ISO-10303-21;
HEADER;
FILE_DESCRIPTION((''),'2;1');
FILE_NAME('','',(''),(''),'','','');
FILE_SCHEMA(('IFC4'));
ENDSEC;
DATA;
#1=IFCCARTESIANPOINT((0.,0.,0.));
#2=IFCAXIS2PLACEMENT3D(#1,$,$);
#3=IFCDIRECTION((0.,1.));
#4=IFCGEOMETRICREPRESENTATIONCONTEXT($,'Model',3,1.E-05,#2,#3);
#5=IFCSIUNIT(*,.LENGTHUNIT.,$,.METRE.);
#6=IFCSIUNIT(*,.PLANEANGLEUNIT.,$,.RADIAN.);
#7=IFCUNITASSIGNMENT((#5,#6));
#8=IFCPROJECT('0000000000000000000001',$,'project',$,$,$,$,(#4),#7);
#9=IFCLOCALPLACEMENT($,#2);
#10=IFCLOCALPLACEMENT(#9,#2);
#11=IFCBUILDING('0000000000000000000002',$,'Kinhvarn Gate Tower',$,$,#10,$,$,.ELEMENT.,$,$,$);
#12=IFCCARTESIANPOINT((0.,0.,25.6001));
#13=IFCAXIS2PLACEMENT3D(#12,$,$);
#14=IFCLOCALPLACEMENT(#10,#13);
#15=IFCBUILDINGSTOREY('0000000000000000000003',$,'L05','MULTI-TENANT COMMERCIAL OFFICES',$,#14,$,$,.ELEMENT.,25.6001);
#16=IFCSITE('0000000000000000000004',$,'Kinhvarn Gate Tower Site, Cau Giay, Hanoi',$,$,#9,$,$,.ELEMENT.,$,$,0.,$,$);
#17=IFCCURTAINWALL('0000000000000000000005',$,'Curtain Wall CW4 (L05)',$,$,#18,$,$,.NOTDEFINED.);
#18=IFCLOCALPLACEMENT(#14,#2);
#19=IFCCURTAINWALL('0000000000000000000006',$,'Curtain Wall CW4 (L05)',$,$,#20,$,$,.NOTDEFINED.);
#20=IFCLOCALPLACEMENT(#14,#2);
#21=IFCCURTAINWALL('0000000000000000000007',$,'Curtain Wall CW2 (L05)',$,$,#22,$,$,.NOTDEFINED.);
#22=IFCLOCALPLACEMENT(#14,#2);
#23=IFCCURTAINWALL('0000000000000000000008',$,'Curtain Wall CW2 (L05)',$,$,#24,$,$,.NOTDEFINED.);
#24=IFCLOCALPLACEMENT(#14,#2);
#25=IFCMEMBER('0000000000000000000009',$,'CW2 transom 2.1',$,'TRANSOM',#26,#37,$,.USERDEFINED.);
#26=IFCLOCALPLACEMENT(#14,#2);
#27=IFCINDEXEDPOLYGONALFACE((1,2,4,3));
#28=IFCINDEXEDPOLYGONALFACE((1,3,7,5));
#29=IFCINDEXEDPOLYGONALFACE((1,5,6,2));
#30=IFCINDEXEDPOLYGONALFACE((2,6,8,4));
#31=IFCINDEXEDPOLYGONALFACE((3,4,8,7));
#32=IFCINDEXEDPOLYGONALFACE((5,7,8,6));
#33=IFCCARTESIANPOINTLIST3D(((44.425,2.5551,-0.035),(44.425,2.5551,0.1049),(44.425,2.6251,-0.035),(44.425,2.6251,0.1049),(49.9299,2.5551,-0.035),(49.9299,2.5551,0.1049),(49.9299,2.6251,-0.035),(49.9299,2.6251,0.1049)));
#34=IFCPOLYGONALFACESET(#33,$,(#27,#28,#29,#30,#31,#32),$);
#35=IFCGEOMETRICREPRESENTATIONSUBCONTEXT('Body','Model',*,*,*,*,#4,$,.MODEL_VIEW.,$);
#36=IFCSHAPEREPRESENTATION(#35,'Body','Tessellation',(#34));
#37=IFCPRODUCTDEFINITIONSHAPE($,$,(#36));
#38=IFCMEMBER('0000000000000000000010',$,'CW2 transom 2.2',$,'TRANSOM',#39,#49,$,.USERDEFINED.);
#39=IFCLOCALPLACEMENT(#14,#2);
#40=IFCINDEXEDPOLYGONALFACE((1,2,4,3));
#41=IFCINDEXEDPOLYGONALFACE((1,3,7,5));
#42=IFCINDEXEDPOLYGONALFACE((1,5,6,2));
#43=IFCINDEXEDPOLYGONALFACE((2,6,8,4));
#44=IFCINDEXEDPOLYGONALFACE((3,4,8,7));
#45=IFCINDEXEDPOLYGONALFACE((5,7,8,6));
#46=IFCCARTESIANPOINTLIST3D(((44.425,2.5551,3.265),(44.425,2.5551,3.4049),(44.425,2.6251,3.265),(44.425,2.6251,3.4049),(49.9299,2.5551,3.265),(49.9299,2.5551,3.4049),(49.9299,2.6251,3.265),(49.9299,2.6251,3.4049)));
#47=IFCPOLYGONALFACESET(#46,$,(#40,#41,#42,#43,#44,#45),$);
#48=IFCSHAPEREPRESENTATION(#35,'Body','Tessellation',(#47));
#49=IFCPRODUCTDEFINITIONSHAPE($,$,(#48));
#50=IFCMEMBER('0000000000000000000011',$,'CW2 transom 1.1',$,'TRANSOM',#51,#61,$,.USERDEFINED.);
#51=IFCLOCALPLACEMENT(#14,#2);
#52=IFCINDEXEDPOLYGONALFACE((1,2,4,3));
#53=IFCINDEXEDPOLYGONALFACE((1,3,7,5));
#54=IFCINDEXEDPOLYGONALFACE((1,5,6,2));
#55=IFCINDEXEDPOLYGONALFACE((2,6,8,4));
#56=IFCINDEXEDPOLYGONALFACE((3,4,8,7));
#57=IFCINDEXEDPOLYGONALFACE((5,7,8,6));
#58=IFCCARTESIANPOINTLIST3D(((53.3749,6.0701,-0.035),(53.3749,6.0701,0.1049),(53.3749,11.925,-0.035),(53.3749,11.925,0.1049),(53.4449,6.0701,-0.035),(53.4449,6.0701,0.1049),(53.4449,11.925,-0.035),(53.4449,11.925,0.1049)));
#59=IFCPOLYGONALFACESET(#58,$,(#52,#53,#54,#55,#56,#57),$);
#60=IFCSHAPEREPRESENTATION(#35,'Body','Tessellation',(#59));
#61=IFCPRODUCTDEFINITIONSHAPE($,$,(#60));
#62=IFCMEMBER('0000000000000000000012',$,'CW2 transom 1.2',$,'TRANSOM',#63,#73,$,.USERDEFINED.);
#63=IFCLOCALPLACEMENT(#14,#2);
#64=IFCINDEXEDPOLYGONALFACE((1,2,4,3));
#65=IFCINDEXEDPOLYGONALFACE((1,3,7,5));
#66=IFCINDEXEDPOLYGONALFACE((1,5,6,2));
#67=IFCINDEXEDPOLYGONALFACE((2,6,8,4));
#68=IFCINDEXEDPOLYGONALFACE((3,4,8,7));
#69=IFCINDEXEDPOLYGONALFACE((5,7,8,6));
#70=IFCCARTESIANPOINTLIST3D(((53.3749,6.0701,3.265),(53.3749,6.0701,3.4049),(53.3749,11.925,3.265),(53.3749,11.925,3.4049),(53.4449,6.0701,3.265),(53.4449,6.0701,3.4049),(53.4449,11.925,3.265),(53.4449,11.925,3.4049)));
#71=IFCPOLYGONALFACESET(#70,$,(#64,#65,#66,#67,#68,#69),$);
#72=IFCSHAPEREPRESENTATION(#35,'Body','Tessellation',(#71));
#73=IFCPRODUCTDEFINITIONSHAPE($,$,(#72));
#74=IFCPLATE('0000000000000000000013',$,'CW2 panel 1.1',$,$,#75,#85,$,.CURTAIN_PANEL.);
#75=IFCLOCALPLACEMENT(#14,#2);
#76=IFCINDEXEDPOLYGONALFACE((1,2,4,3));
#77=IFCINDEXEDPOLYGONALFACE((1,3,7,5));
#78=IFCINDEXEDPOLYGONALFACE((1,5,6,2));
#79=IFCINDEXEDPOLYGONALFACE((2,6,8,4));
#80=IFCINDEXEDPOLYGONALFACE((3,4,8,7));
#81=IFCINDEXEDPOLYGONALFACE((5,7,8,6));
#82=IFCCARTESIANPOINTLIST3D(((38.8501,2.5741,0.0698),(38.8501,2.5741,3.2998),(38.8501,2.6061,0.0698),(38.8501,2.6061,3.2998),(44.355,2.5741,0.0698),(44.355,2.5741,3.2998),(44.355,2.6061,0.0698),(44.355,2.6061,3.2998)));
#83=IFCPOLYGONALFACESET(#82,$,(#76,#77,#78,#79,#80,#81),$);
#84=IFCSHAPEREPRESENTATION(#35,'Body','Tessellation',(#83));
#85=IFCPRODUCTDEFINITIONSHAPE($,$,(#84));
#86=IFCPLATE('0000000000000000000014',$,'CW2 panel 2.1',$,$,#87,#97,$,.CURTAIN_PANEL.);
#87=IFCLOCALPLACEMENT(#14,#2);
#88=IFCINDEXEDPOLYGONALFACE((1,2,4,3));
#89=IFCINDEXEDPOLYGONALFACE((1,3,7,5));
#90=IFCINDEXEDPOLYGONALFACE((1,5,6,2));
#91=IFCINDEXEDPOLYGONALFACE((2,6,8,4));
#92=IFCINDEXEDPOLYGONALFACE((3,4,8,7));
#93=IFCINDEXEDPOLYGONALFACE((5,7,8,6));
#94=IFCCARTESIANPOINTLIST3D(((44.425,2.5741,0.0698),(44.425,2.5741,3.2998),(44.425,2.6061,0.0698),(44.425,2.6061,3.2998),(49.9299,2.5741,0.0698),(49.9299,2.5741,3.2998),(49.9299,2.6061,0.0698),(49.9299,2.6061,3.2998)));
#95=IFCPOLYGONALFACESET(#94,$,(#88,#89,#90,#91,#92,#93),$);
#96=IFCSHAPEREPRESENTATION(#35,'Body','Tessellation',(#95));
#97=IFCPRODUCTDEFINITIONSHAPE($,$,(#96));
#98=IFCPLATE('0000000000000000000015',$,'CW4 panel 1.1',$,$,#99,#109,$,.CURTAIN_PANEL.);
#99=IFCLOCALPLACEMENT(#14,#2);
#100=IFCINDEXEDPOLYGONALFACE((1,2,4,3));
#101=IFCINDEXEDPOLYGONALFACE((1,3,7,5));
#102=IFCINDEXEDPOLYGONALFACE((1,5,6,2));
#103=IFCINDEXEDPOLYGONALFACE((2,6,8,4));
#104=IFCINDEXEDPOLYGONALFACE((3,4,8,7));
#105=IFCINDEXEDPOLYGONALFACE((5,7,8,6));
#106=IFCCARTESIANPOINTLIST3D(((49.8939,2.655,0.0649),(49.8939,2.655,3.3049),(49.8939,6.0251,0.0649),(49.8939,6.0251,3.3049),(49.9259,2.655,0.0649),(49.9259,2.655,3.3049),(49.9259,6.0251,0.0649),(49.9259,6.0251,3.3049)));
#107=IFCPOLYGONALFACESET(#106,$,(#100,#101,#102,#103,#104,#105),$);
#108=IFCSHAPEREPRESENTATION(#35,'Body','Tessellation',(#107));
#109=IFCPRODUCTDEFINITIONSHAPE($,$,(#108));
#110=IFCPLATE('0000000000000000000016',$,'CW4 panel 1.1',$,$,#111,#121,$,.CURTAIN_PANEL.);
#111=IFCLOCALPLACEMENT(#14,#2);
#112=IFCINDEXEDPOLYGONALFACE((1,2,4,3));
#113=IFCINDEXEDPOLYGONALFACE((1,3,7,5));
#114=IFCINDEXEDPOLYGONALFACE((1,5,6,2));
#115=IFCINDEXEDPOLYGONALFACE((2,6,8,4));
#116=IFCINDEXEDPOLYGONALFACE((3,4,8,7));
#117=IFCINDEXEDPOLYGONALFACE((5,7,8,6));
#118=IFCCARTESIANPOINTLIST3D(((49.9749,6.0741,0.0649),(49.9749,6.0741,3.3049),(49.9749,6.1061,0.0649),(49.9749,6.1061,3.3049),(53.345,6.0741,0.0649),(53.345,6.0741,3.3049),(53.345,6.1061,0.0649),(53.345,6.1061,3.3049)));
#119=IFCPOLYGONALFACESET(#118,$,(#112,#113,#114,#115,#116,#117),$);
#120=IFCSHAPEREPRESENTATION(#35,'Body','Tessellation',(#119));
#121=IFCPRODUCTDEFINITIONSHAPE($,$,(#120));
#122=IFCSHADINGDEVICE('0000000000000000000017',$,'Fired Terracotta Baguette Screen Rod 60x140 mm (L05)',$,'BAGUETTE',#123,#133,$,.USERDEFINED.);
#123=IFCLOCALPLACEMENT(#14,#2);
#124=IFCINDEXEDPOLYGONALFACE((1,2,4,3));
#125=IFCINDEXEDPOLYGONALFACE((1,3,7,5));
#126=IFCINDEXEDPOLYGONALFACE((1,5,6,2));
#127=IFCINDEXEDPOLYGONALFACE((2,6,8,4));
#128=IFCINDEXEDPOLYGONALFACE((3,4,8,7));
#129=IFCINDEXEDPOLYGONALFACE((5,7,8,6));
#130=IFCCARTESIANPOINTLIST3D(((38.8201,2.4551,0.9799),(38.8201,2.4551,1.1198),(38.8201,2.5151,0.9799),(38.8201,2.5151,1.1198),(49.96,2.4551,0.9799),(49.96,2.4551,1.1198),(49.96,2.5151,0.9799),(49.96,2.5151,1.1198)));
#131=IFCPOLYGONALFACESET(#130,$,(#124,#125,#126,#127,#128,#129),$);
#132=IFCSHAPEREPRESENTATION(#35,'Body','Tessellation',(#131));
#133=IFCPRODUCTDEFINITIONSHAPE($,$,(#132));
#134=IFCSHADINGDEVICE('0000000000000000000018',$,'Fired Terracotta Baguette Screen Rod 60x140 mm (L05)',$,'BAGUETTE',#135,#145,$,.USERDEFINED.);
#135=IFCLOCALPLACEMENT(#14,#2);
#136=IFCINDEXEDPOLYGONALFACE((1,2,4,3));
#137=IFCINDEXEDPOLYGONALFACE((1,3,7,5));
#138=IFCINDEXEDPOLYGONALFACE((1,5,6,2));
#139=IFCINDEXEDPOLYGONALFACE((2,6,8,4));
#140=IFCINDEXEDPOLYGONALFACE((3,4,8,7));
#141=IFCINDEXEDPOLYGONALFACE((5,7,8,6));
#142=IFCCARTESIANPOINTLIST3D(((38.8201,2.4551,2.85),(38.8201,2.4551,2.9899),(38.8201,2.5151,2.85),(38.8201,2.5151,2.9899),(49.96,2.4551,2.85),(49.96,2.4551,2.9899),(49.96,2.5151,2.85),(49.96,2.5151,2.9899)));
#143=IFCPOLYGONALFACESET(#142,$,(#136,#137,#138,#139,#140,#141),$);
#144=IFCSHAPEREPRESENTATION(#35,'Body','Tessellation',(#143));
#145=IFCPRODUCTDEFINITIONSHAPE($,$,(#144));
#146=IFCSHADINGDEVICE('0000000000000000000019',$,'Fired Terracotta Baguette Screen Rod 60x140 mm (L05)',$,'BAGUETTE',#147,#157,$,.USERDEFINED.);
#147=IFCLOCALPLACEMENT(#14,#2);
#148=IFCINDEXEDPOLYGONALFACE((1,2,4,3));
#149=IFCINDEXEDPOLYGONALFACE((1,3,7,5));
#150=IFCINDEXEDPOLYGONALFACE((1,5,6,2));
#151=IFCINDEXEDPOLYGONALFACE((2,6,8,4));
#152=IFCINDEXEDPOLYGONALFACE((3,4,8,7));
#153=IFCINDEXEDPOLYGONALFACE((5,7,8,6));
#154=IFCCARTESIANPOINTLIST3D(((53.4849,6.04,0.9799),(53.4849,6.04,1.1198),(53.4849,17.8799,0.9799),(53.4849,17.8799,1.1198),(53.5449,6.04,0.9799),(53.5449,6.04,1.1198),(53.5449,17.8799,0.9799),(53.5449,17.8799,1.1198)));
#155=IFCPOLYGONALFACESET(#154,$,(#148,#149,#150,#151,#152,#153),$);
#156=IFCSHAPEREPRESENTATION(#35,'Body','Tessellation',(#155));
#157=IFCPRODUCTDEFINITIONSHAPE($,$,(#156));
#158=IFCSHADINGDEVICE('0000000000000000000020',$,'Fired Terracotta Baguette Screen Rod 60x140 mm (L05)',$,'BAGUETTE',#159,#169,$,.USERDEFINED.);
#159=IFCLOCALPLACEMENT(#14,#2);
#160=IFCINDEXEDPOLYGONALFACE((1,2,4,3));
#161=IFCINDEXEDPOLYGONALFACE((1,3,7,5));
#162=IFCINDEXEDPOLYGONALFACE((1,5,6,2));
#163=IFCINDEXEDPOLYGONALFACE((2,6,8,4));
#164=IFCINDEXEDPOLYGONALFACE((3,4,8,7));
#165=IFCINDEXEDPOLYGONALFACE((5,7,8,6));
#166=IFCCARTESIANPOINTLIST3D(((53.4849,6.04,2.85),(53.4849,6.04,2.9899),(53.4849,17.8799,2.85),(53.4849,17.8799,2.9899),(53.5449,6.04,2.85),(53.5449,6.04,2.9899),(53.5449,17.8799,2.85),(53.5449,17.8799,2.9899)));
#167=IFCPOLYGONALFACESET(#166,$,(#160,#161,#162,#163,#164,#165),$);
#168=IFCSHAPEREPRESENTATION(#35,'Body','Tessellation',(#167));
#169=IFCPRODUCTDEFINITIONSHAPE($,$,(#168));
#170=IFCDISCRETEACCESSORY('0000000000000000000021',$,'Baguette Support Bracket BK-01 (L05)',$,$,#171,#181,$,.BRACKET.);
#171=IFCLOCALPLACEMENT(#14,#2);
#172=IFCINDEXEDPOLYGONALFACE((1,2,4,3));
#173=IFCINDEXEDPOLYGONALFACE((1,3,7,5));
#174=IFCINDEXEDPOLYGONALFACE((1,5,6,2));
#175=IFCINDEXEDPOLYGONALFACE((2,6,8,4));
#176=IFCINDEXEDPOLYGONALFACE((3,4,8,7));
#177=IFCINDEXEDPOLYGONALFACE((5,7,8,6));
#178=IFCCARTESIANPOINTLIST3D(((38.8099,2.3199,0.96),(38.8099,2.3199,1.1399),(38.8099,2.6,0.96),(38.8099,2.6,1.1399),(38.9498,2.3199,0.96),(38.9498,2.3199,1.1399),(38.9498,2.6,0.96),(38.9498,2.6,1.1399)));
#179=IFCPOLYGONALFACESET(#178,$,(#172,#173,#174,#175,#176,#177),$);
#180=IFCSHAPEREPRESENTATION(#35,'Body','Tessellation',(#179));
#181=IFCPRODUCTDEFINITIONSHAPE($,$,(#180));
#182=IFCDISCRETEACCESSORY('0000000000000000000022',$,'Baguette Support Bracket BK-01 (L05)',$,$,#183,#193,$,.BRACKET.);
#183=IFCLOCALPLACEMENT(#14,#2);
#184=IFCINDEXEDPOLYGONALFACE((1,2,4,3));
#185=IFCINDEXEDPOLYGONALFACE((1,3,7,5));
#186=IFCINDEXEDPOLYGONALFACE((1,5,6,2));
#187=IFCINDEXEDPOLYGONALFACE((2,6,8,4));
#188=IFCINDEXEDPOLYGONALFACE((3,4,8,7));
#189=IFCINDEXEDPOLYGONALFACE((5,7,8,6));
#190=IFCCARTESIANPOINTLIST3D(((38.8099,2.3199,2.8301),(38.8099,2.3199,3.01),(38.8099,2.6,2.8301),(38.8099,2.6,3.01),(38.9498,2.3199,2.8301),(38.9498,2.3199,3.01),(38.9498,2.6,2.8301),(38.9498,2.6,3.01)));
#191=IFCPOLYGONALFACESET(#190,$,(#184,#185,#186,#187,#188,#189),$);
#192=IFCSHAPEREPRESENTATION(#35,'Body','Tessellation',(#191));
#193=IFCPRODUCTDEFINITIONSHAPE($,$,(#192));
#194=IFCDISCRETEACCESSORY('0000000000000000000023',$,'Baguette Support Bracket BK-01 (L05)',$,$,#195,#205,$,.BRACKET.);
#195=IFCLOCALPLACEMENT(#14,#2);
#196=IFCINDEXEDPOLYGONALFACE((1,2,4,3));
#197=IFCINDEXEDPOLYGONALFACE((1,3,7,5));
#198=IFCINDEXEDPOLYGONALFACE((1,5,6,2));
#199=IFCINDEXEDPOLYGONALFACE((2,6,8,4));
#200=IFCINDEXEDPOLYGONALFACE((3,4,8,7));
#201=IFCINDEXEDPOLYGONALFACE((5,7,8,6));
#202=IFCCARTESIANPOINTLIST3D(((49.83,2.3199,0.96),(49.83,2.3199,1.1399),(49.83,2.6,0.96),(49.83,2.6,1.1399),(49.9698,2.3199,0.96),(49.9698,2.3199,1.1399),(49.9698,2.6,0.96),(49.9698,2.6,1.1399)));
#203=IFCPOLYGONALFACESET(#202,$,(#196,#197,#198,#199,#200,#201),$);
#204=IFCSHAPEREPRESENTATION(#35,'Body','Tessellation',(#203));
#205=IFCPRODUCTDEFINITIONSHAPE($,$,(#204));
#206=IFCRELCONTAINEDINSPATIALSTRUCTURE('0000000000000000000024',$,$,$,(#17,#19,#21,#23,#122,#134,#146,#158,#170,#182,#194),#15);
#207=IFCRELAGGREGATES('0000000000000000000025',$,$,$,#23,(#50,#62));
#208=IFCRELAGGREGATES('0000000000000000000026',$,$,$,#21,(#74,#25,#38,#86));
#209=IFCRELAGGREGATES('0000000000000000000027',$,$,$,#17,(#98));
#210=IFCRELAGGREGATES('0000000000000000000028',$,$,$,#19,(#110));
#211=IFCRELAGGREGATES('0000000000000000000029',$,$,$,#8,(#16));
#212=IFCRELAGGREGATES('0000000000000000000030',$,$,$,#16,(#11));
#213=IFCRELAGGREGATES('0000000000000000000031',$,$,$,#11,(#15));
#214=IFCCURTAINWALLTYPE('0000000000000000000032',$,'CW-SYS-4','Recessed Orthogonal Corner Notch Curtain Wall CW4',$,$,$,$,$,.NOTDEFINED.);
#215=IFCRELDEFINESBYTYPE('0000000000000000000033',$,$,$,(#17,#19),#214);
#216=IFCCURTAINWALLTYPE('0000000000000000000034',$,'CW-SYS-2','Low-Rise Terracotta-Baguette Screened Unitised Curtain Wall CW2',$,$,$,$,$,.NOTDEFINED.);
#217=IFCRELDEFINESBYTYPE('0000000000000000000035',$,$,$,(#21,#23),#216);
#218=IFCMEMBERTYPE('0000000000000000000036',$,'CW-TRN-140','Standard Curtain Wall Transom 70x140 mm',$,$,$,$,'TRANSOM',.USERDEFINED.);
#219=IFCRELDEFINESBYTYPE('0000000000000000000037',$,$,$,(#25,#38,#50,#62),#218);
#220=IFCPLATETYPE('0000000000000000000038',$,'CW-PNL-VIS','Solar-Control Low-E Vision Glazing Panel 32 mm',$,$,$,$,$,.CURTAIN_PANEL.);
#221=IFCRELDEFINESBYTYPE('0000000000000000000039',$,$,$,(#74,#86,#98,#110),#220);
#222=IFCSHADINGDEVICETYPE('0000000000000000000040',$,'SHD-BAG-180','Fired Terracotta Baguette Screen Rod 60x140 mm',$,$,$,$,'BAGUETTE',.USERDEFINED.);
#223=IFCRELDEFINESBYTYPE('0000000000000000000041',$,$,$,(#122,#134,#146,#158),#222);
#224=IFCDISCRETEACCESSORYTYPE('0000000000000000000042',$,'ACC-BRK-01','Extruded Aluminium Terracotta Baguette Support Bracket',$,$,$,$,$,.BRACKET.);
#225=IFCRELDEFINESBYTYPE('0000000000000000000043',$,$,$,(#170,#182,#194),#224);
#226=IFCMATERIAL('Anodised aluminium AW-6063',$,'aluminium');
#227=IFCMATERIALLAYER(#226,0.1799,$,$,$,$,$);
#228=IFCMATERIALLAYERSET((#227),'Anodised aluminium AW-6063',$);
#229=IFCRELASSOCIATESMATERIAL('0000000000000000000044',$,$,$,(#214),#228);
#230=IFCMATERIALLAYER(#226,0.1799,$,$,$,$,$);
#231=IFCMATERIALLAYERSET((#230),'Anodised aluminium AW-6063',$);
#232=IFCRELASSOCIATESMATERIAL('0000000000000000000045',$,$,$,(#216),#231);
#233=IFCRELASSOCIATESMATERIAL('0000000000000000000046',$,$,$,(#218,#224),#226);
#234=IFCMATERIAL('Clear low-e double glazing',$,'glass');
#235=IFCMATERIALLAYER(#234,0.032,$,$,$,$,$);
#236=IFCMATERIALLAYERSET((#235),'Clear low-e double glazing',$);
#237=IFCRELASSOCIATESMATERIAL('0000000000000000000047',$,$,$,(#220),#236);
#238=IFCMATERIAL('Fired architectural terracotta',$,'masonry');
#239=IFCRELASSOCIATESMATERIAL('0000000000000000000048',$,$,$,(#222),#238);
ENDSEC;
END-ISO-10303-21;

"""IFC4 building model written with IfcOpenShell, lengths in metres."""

from ifc_helpers import new_model, si_unit, direction, frame, origin, origin_2d, place, context, subcontext, project, spatial, rectangle, extrude, material, layer, layer_set, material_profile, profile_set, type_object, element, aggregate, save


model = new_model("IFC4")

# Units and contexts
model_context = context("Model", 3, precision=1e-05, world=origin(), true_north=direction((0.0, 1.0)))
body_context = subcontext(model_context, "Body", "Model", "MODEL_VIEW")
ifc_project = project(units=[si_unit("LENGTHUNIT", "METRE"), si_unit("PLANEANGLEUNIT", "RADIAN")], contexts=[model_context])

# Site, building, storey
site_placement = place(None, origin())
site = spatial("IfcSite", under=ifc_project, at=site_placement, Name="Kinhvarn Gate Tower Site, Cau Giay, Hanoi", CompositionType="ELEMENT", RefElevation=0.0)
building_placement = place(site_placement, origin())
building = spatial("IfcBuilding", under=site, at=building_placement, Name="Kinhvarn Gate Tower", CompositionType="ELEMENT")
storey_placement = place(building_placement, frame((0.0, 0.0, 25.6001)))
storey = spatial("IfcBuildingStorey", under=building, at=storey_placement, Name="L05", Description="MULTI-TENANT COMMERCIAL OFFICES", CompositionType="ELEMENT", Elevation=25.6001)

# Curtain walls
ifc_material_1 = material(Name="Anodised aluminium AW-6063", Category="aluminium")
ifc_layer_1 = layer(ifc_material_1, 0.1799)
ifc_layer_set_1 = layer_set([ifc_layer_1], Name="Anodised aluminium AW-6063")
curtain_wall_type_1 = type_object("IfcCurtainWallType", Name="CW-SYS-4", Description="Recessed Orthogonal Corner Notch Curtain Wall CW4", PredefinedType="NOTDEFINED", material=ifc_layer_set_1)
curtain_wall_1_placement = place(storey_placement, origin())
curtain_wall_1 = element("IfcCurtainWall", 1, at=curtain_wall_1_placement, inside=storey, type_object=curtain_wall_type_1, Name="Curtain Wall CW4 (L05)", PredefinedType="NOTDEFINED")
curtain_wall_2_placement = place(storey_placement, origin())
curtain_wall_2 = element("IfcCurtainWall", 2, at=curtain_wall_2_placement, inside=storey, type_object=curtain_wall_type_1, Name="Curtain Wall CW4 (L05)", PredefinedType="NOTDEFINED")
ifc_layer_2 = layer(ifc_material_1, 0.1799)
ifc_layer_set_2 = layer_set([ifc_layer_2], Name="Anodised aluminium AW-6063")
curtain_wall_type_2 = type_object("IfcCurtainWallType", Name="CW-SYS-2", Description="Low-Rise Terracotta-Baguette Screened Unitised Curtain Wall CW2", PredefinedType="NOTDEFINED", material=ifc_layer_set_2)
curtain_wall_3_placement = place(storey_placement, origin())
curtain_wall_3 = element("IfcCurtainWall", 3, at=curtain_wall_3_placement, inside=storey, type_object=curtain_wall_type_2, Name="Curtain Wall CW2 (L05)", PredefinedType="NOTDEFINED")

# Curtain wall
curtain_wall_4_placement = place(storey_placement, origin())
curtain_wall_4 = element("IfcCurtainWall", 4, at=curtain_wall_4_placement, inside=storey, type_object=curtain_wall_type_2, Name="Curtain Wall CW2 (L05)", PredefinedType="NOTDEFINED")

# Members
ifc_material_profile_1 = material_profile(ifc_material_1, rectangle(XDim=0.0701, YDim=0.1399, at=origin_2d()), Name="ALU 70x140")
ifc_profile_set_1 = profile_set([ifc_material_profile_1], Name="Anodised aluminium AW-6063")
member_type_1 = type_object("IfcMemberType", Name="CW-TRN-140", Description="Standard Curtain Wall Transom 70x140 mm", ElementType="TRANSOM", PredefinedType="USERDEFINED", material=ifc_profile_set_1)
member_1_placement = place(storey_placement, frame((44.425, 2.5901, 0.0349), z_axis=(1.0, 0.0, 0.0), x_axis=(0.0, 1.0, 0.0)))
member_1 = element("IfcMember", 5, at=member_1_placement, type_object=member_type_1, Name="CW2 transom 2.1", ObjectType="TRANSOM", PredefinedType="USERDEFINED", context=body_context, shape_type="SweptSolid", body=[
    extrude(rectangle(XDim=0.0701, YDim=0.1399, at=origin_2d()), origin(), (0.0, 0.0, 1.0), 5.5049),
])
member_2_placement = place(storey_placement, frame((44.425, 2.5901, 3.335), z_axis=(1.0, 0.0, 0.0), x_axis=(0.0, 1.0, 0.0)))
member_2 = element("IfcMember", 6, at=member_2_placement, type_object=member_type_1, Name="CW2 transom 2.2", ObjectType="TRANSOM", PredefinedType="USERDEFINED", context=body_context, shape_type="SweptSolid", body=[
    extrude(rectangle(XDim=0.0701, YDim=0.1399, at=origin_2d()), origin(), (0.0, 0.0, 1.0), 5.5049),
])
member_3_placement = place(storey_placement, frame((53.4099, 6.0701, 0.0349), z_axis=(0.0, 1.0, 0.0), x_axis=(-1.0, 0.0, 0.0)))
member_3 = element("IfcMember", 7, at=member_3_placement, type_object=member_type_1, Name="CW2 transom 1.1", ObjectType="TRANSOM", PredefinedType="USERDEFINED", context=body_context, shape_type="SweptSolid", body=[
    extrude(rectangle(XDim=0.0701, YDim=0.1399, at=origin_2d()), origin(), (0.0, 0.0, 1.0), 5.855),
])
member_4_placement = place(storey_placement, frame((53.4099, 6.0701, 3.335), z_axis=(0.0, 1.0, 0.0), x_axis=(-1.0, 0.0, 0.0)))
member_4 = element("IfcMember", 8, at=member_4_placement, type_object=member_type_1, Name="CW2 transom 1.2", ObjectType="TRANSOM", PredefinedType="USERDEFINED", context=body_context, shape_type="SweptSolid", body=[
    extrude(rectangle(XDim=0.0701, YDim=0.1399, at=origin_2d()), origin(), (0.0, 0.0, 1.0), 5.855),
])
aggregate(curtain_wall_4, [member_3, member_4])

# Plates
ifc_material_2 = material(Name="Clear low-e double glazing", Category="glass")
ifc_layer_3 = layer(ifc_material_2, 0.032)
ifc_layer_set_3 = layer_set([ifc_layer_3], Name="Clear low-e double glazing")
plate_type = type_object("IfcPlateType", Name="CW-PNL-VIS", Description="Solar-Control Low-E Vision Glazing Panel 32 mm", PredefinedType="CURTAIN_PANEL", material=ifc_layer_set_3)
plate_1_placement = place(storey_placement, frame((41.6025, 2.5901, 0.0698), z_axis=(0.0, 0.0, 1.0), x_axis=(1.0, 0.0, 0.0)))
plate_1 = element("IfcPlate", 9, at=plate_1_placement, type_object=plate_type, Name="CW2 panel 1.1", PredefinedType="CURTAIN_PANEL", context=body_context, shape_type="SweptSolid", body=[
    extrude(rectangle(XDim=5.5049, YDim=0.032, at=origin_2d()), origin(), (0.0, 0.0, 1.0), 3.23),
])
plate_2_placement = place(storey_placement, frame((47.1775, 2.5901, 0.0698), z_axis=(0.0, 0.0, 1.0), x_axis=(1.0, 0.0, 0.0)))
plate_2 = element("IfcPlate", 10, at=plate_2_placement, type_object=plate_type, Name="CW2 panel 2.1", PredefinedType="CURTAIN_PANEL", context=body_context, shape_type="SweptSolid", body=[
    extrude(rectangle(XDim=5.5049, YDim=0.032, at=origin_2d()), origin(), (0.0, 0.0, 1.0), 3.23),
])
aggregate(curtain_wall_3, [plate_1, member_1, member_2, plate_2])
plate_3_placement = place(storey_placement, frame((49.9099, 4.3401, 0.0649), z_axis=(0.0, 0.0, 1.0), x_axis=(0.0, 1.0, 0.0)))
plate_3 = element("IfcPlate", 11, at=plate_3_placement, type_object=plate_type, Name="CW4 panel 1.1", PredefinedType="CURTAIN_PANEL", context=body_context, shape_type="SweptSolid", body=[
    extrude(rectangle(XDim=3.3701, YDim=0.032, at=origin_2d()), origin(), (0.0, 0.0, 1.0), 3.24),
])
aggregate(curtain_wall_1, [plate_3])
plate_4_placement = place(storey_placement, frame((51.6599, 6.0901, 0.0649), z_axis=(0.0, 0.0, 1.0), x_axis=(1.0, 0.0, 0.0)))
plate_4 = element("IfcPlate", 12, at=plate_4_placement, type_object=plate_type, Name="CW4 panel 1.1", PredefinedType="CURTAIN_PANEL", context=body_context, shape_type="SweptSolid", body=[
    extrude(rectangle(XDim=3.3701, YDim=0.032, at=origin_2d()), origin(), (0.0, 0.0, 1.0), 3.24),
])
aggregate(curtain_wall_2, [plate_4])

# Shading devices
ifc_material_3 = material(Name="Fired architectural terracotta", Category="masonry")
ifc_material_profile_2 = material_profile(ifc_material_3, rectangle(XDim=0.0601, YDim=0.1399, at=origin_2d()), Name="TC 60x140")
ifc_profile_set_2 = profile_set([ifc_material_profile_2], Name="Fired architectural terracotta")
shading_device_type = type_object("IfcShadingDeviceType", Name="SHD-BAG-180", Description="Fired Terracotta Baguette Screen Rod 60x140 mm", ElementType="BAGUETTE", PredefinedType="USERDEFINED", material=ifc_profile_set_2)
for number, where, z_axis, x_axis, name in (
    (13, (38.8201, 2.4851, 1.0498), (1.0, 0.0, 0.0), (0.0, 1.0, 0.0), "Fired Terracotta Baguette Screen Rod 60x140 mm (L05)"),
    (14, (38.8201, 2.4851, 2.9199), (1.0, 0.0, 0.0), (0.0, 1.0, 0.0), "Fired Terracotta Baguette Screen Rod 60x140 mm (L05)"),
):
    element("IfcShadingDevice", number, at=place(storey_placement, frame(where, z_axis=z_axis, x_axis=x_axis)), inside=storey, type_object=shading_device_type, Name=name, ObjectType="BAGUETTE", PredefinedType="USERDEFINED", context=body_context, shape_type="SweptSolid", body=[
        extrude(rectangle(XDim=0.0601, YDim=0.1399, at=origin_2d()), origin(), (0.0, 0.0, 1.0), 11.1399),
    ])
for number, where, z_axis, x_axis, name in (
    (15, (53.5149, 6.04, 1.0498), (0.0, 1.0, 0.0), (-1.0, 0.0, 0.0), "Fired Terracotta Baguette Screen Rod 60x140 mm (L05)"),
    (16, (53.5149, 6.04, 2.9199), (0.0, 1.0, 0.0), (-1.0, 0.0, 0.0), "Fired Terracotta Baguette Screen Rod 60x140 mm (L05)"),
):
    element("IfcShadingDevice", number, at=place(storey_placement, frame(where, z_axis=z_axis, x_axis=x_axis)), inside=storey, type_object=shading_device_type, Name=name, ObjectType="BAGUETTE", PredefinedType="USERDEFINED", context=body_context, shape_type="SweptSolid", body=[
        extrude(rectangle(XDim=0.0601, YDim=0.1399, at=origin_2d()), origin(), (0.0, 0.0, 1.0), 11.8398),
    ])

# Discrete accessories
discrete_accessory_type = type_object("IfcDiscreteAccessoryType", Name="ACC-BRK-01", Description="Extruded Aluminium Terracotta Baguette Support Bracket", PredefinedType="BRACKET", material=ifc_material_1)
for number, where, z_axis, x_axis, name in (
    (17, (38.8799, 2.46, 0.96), (0.0, 0.0, 1.0), (1.0, 0.0, 0.0), "Baguette Support Bracket BK-01 (L05)"),
    (18, (38.8799, 2.46, 2.8301), (0.0, 0.0, 1.0), (1.0, 0.0, 0.0), "Baguette Support Bracket BK-01 (L05)"),
    (19, (49.8999, 2.46, 0.96), (0.0, 0.0, 1.0), (1.0, 0.0, 0.0), "Baguette Support Bracket BK-01 (L05)"),
):
    element("IfcDiscreteAccessory", number, at=place(storey_placement, frame(where, z_axis=z_axis, x_axis=x_axis)), inside=storey, type_object=discrete_accessory_type, Name=name, PredefinedType="BRACKET", context=body_context, shape_type="SweptSolid", body=[
        extrude(rectangle(XDim=0.1399, YDim=0.28, at=origin_2d()), origin(), (0.0, 0.0, 1.0), 0.1799),
    ])

save(model, "model.ifc")
